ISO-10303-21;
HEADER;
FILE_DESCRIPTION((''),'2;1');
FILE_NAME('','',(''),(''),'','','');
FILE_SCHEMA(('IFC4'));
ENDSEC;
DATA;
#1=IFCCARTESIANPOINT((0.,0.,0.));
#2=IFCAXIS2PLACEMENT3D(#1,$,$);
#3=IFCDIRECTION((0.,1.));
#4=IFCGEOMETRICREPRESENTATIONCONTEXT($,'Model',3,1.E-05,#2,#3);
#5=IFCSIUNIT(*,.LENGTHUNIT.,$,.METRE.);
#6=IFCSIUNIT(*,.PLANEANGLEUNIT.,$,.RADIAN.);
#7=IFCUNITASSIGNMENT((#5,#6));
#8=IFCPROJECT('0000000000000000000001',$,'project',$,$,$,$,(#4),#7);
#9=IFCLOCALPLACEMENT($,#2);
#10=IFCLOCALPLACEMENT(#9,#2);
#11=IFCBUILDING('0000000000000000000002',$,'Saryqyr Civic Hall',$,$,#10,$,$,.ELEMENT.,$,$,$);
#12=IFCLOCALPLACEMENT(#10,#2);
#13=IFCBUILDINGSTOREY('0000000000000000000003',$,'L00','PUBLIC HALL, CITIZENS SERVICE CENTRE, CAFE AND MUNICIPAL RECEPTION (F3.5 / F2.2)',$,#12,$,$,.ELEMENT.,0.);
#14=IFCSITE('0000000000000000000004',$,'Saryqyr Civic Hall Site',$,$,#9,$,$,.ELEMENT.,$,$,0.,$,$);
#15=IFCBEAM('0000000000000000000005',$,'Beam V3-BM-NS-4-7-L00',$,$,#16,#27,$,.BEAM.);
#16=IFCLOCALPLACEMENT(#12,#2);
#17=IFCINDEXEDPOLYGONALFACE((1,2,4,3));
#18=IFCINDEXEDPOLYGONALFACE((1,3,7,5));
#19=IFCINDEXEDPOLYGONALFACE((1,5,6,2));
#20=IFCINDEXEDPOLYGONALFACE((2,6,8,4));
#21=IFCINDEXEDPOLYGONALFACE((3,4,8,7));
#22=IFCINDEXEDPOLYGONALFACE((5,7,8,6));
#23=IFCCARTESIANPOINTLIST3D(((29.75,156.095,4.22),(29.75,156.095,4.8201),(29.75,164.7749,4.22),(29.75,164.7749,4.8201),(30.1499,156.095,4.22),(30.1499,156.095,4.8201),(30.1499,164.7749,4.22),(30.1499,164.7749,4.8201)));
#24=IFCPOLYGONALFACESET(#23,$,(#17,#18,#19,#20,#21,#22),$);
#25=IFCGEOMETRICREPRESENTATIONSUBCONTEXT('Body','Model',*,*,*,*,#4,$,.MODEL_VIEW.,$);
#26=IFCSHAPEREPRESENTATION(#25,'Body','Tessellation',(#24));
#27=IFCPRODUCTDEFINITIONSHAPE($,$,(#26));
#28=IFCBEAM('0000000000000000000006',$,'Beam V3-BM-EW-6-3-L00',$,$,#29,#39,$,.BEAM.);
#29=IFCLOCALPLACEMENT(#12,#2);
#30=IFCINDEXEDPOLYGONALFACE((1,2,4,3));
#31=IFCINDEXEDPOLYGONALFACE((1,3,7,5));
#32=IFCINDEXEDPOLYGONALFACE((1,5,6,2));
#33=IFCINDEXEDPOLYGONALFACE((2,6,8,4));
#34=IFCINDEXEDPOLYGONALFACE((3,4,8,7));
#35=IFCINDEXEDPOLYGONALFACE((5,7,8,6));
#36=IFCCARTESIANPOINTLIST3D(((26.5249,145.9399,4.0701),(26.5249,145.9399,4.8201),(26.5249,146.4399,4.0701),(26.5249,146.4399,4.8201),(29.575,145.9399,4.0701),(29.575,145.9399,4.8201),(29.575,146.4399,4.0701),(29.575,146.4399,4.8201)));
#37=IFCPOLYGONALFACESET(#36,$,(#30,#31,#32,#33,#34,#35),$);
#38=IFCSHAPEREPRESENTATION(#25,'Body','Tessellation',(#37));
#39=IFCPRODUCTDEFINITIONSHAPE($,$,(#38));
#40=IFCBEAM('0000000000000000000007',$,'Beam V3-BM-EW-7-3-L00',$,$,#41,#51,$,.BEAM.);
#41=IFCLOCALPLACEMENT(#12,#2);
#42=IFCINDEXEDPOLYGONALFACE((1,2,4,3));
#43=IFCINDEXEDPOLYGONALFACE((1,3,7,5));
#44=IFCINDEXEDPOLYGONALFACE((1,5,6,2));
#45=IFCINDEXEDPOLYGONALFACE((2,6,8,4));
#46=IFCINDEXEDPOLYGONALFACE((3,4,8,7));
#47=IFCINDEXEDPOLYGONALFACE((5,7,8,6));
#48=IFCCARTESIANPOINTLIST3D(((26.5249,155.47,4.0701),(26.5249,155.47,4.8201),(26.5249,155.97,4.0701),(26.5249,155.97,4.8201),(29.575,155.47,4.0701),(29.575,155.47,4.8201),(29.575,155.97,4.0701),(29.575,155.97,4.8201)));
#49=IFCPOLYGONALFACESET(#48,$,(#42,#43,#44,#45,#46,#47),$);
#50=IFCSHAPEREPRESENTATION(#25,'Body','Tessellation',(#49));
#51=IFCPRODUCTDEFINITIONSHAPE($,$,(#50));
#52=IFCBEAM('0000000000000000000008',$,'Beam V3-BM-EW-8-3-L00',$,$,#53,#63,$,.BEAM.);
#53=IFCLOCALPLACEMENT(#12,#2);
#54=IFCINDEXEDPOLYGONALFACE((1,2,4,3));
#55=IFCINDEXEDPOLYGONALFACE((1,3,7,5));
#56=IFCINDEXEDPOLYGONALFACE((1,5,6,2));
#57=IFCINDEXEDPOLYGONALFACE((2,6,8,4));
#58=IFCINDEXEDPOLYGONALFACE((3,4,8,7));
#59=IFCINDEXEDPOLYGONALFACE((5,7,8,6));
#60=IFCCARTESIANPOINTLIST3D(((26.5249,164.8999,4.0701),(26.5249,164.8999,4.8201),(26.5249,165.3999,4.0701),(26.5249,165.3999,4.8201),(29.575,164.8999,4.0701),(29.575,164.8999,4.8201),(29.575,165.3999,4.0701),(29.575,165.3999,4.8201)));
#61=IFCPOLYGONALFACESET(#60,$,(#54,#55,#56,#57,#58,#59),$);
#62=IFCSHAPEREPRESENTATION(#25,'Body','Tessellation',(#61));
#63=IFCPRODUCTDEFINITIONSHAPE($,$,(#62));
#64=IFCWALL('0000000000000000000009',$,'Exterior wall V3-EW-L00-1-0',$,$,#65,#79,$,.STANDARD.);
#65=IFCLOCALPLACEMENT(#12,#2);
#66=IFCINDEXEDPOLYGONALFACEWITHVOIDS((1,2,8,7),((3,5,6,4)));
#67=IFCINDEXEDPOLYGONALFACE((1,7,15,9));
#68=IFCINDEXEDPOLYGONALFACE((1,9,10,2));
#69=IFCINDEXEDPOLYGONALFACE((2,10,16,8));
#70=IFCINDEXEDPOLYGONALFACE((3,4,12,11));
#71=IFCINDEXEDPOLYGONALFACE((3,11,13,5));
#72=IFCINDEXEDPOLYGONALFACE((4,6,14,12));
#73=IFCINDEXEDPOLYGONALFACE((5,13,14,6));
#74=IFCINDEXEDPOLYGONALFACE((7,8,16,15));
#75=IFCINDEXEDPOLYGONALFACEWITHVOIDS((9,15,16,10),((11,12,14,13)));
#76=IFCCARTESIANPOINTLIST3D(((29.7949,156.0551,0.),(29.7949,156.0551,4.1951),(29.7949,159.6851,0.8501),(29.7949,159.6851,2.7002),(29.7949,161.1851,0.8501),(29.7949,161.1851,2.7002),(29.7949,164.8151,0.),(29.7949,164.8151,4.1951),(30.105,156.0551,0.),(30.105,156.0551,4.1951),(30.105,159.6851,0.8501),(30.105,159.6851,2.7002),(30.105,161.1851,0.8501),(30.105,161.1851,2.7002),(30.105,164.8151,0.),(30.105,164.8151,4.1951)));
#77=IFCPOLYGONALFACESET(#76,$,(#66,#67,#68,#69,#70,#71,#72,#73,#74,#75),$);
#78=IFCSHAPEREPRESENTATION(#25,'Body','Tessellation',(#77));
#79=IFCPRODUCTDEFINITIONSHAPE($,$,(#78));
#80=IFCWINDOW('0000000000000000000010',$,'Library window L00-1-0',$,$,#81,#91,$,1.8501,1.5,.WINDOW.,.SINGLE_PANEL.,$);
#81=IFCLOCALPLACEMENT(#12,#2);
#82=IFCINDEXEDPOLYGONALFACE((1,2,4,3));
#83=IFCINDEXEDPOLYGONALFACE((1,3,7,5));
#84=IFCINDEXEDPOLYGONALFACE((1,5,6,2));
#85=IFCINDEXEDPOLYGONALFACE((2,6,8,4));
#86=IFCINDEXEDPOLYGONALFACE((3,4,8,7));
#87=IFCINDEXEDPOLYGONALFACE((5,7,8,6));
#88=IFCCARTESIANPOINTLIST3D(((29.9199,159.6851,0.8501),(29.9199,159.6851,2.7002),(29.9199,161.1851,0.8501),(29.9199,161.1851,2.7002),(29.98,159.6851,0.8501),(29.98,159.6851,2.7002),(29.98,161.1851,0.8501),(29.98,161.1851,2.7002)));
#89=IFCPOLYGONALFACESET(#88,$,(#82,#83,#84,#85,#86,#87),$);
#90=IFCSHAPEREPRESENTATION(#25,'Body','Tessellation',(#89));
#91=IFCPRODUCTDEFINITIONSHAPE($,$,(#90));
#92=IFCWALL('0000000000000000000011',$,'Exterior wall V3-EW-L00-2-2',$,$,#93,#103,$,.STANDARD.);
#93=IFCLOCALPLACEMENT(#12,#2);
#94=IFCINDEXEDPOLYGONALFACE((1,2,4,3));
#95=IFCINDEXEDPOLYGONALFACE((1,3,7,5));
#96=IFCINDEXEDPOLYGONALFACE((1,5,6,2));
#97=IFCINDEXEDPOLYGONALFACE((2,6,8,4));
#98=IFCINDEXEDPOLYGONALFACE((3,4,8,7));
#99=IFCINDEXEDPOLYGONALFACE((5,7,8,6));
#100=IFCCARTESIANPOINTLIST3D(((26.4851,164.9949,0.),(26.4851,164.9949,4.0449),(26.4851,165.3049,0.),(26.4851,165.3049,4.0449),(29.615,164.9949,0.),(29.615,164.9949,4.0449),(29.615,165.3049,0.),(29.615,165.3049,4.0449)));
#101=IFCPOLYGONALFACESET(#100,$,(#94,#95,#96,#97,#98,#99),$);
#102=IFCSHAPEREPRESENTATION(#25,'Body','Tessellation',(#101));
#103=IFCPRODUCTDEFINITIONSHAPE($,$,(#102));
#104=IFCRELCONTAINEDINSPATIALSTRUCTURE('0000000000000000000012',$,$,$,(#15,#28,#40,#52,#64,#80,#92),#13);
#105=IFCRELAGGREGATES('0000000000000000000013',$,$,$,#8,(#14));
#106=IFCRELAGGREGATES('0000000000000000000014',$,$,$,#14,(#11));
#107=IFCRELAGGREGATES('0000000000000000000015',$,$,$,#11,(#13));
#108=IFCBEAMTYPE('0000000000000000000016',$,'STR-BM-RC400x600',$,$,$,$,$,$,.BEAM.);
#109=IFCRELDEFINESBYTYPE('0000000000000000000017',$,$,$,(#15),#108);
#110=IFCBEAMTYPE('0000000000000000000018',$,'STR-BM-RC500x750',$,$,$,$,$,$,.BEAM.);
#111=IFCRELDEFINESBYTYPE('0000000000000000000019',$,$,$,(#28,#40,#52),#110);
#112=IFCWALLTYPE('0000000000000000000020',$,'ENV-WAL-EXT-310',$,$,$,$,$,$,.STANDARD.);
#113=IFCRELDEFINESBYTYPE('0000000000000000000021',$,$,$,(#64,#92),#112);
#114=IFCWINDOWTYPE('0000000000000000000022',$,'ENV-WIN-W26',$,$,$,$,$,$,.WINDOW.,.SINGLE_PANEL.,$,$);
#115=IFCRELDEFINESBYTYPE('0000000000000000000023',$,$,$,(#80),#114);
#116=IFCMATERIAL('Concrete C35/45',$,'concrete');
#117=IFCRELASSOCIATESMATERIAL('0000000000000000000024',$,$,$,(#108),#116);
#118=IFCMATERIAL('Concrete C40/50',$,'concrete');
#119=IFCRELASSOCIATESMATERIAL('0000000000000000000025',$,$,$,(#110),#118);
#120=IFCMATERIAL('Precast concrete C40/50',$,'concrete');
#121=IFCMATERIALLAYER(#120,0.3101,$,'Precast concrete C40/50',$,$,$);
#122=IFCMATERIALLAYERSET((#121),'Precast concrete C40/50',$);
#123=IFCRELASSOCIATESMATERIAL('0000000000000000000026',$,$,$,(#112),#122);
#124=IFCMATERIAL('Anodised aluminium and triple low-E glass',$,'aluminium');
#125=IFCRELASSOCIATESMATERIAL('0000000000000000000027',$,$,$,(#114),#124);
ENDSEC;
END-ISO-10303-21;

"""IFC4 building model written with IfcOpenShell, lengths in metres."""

from ifc_helpers import new_model, si_unit, direction, frame, frame_2d, origin, origin_2d, place, context, subcontext, project, spatial, rectangle, extrude, material, layer, layer_set, material_profile, profile_set, type_object, element, fill, save


model = new_model("IFC4")

# Units and contexts
model_context = context("Model", 3, precision=1e-05, world=origin(), true_north=direction((0.0, 1.0)))
body_context = subcontext(model_context, "Body", "Model", "MODEL_VIEW")
ifc_project = project(units=[si_unit("LENGTHUNIT", "METRE"), si_unit("PLANEANGLEUNIT", "RADIAN")], contexts=[model_context])

# Site, building, storey
site_placement = place(None, origin())
site = spatial("IfcSite", under=ifc_project, at=site_placement, Name="Saryqyr Civic Hall Site", CompositionType="ELEMENT", RefElevation=0.0)
building_placement = place(site_placement, origin())
building = spatial("IfcBuilding", under=site, at=building_placement, Name="Saryqyr Civic Hall", CompositionType="ELEMENT")
storey_placement = place(building_placement, origin())
storey = spatial("IfcBuildingStorey", under=building, at=storey_placement, Name="L00", Description="PUBLIC HALL, CITIZENS SERVICE CENTRE, CAFE AND MUNICIPAL RECEPTION (F3.5 / F2.2)", CompositionType="ELEMENT", Elevation=0.0)

# Shared definitions
ifc_material_1 = material(Name="Concrete C40/50", Category="concrete")

# Beams
ifc_material_2 = material(Name="Concrete C35/45", Category="concrete")
ifc_material_profile_1 = material_profile(ifc_material_2, rectangle(XDim=0.3999, YDim=0.6001, at=origin_2d()), Name="RC 400x600")
ifc_profile_set_1 = profile_set([ifc_material_profile_1], Name="Concrete C35/45")
beam_type_1 = type_object("IfcBeamType", Name="STR-BM-RC400x600", PredefinedType="BEAM", material=ifc_profile_set_1)
beam_1_placement = place(storey_placement, frame((29.95, 156.095, 4.52), z_axis=(0.0, 1.0, 0.0), x_axis=(-1.0, 0.0, 0.0)))
element("IfcBeam", 1, at=beam_1_placement, inside=storey, type_object=beam_type_1, Name="Beam V3-BM-NS-4-7-L00", PredefinedType="BEAM", context=body_context, shape_type="SweptSolid", body=[
    extrude(rectangle(XDim=0.3999, YDim=0.6001, at=origin_2d()), origin(), (0.0, 0.0, 1.0), 8.6799),
])
ifc_material_profile_2 = material_profile(ifc_material_1, rectangle(XDim=0.5, YDim=0.75, at=origin_2d()), Name="RC 500x750")
ifc_profile_set_2 = profile_set([ifc_material_profile_2], Name="Concrete C40/50")
beam_type_2 = type_object("IfcBeamType", Name="STR-BM-RC500x750", PredefinedType="BEAM", material=ifc_profile_set_2)
for number, where, z_axis, x_axis, name in (
    (2, (26.5249, 146.1899, 4.4451), (1.0, 0.0, 0.0), (0.0, 1.0, 0.0), "Beam V3-BM-EW-6-3-L00"),
    (3, (26.5249, 155.72, 4.4451), (1.0, 0.0, 0.0), (0.0, 1.0, 0.0), "Beam V3-BM-EW-7-3-L00"),
    (4, (26.5249, 165.1499, 4.4451), (1.0, 0.0, 0.0), (0.0, 1.0, 0.0), "Beam V3-BM-EW-8-3-L00"),
):
    element("IfcBeam", number, at=place(storey_placement, frame(where, z_axis=z_axis, x_axis=x_axis)), inside=storey, type_object=beam_type_2, Name=name, PredefinedType="BEAM", context=body_context, shape_type="SweptSolid", body=[
        extrude(rectangle(XDim=0.5, YDim=0.75, at=origin_2d()), origin(), (0.0, 0.0, 1.0), 3.05),
    ])

# Wall, opening, window
ifc_material_3 = material(Name="Precast concrete C40/50", Category="concrete")
ifc_layer_1 = layer(ifc_material_3, 0.3101, Name="Precast concrete C40/50")
ifc_layer_set_1 = layer_set([ifc_layer_1], Name="Precast concrete C40/50")
wall_type = type_object("IfcWallType", Name="ENV-WAL-EXT-310", PredefinedType="STANDARD", material=ifc_layer_set_1)
wall_1_placement = place(storey_placement, frame((29.95, 164.8149, 0.0), z_axis=(0.0, 0.0, 1.0), x_axis=(0.0, -1.0, 0.0)))
wall_1 = element("IfcWall", 5, at=wall_1_placement, inside=storey, type_object=wall_type, Name="Exterior wall V3-EW-L00-1-0", PredefinedType="STANDARD", context=body_context, shape_type="SweptSolid", body=[
    extrude(rectangle(XDim=8.76, YDim=0.3101, at=frame_2d((4.3799, 0.0))), origin(), (0.0, 0.0, 1.0), 4.1951),
])
opening_1_placement = place(wall_1_placement, frame((3.6299, 0.0, 0.8501)))
opening_1 = element("IfcOpeningElement", 6, at=opening_1_placement, cuts=wall_1, PredefinedType="OPENING", context=body_context, shape_type="SweptSolid", body=[
    extrude(rectangle(XDim=1.5, YDim=1.8501, at=frame_2d((0.75, 0.925))), frame((0.0, 0.165, 0.0), z_axis=(0.0, -1.0, 0.0), x_axis=(1.0, 0.0, 0.0)), (0.0, 0.0, 1.0), 0.3301),
])
ifc_material_4 = material(Name="Anodised aluminium and triple low-E glass", Category="aluminium")
window_type = type_object("IfcWindowType", Name="ENV-WIN-W26", PartitioningType="SINGLE_PANEL", PredefinedType="WINDOW", material=ifc_material_4)
window_placement = place(opening_1_placement, origin())
window = element("IfcWindow", 7, at=window_placement, inside=storey, type_object=window_type, Name="Library window L00-1-0", OverallHeight=1.8501, OverallWidth=1.5, PartitioningType="SINGLE_PANEL", PredefinedType="WINDOW", context=body_context, shape_type="SweptSolid", body=[
    extrude(rectangle(XDim=1.5, YDim=1.8501, at=frame_2d((0.75, 0.925))), frame((0.0, 0.03, 0.0), z_axis=(0.0, -1.0, 0.0), x_axis=(1.0, 0.0, 0.0)), (0.0, 0.0, 1.0), 0.0601),
])
fill(opening_1, window)

# Wall
wall_2_placement = place(storey_placement, frame((26.4851, 165.1499, 0.0), z_axis=(0.0, 0.0, 1.0), x_axis=(1.0, 0.0, 0.0)))
element("IfcWall", 8, at=wall_2_placement, inside=storey, type_object=wall_type, Name="Exterior wall V3-EW-L00-2-2", PredefinedType="STANDARD", context=body_context, shape_type="SweptSolid", body=[
    extrude(rectangle(XDim=3.1299, YDim=0.3101, at=frame_2d((1.5649, 0.0))), origin(), (0.0, 0.0, 1.0), 4.0449),
])

save(model, "model.ifc")
